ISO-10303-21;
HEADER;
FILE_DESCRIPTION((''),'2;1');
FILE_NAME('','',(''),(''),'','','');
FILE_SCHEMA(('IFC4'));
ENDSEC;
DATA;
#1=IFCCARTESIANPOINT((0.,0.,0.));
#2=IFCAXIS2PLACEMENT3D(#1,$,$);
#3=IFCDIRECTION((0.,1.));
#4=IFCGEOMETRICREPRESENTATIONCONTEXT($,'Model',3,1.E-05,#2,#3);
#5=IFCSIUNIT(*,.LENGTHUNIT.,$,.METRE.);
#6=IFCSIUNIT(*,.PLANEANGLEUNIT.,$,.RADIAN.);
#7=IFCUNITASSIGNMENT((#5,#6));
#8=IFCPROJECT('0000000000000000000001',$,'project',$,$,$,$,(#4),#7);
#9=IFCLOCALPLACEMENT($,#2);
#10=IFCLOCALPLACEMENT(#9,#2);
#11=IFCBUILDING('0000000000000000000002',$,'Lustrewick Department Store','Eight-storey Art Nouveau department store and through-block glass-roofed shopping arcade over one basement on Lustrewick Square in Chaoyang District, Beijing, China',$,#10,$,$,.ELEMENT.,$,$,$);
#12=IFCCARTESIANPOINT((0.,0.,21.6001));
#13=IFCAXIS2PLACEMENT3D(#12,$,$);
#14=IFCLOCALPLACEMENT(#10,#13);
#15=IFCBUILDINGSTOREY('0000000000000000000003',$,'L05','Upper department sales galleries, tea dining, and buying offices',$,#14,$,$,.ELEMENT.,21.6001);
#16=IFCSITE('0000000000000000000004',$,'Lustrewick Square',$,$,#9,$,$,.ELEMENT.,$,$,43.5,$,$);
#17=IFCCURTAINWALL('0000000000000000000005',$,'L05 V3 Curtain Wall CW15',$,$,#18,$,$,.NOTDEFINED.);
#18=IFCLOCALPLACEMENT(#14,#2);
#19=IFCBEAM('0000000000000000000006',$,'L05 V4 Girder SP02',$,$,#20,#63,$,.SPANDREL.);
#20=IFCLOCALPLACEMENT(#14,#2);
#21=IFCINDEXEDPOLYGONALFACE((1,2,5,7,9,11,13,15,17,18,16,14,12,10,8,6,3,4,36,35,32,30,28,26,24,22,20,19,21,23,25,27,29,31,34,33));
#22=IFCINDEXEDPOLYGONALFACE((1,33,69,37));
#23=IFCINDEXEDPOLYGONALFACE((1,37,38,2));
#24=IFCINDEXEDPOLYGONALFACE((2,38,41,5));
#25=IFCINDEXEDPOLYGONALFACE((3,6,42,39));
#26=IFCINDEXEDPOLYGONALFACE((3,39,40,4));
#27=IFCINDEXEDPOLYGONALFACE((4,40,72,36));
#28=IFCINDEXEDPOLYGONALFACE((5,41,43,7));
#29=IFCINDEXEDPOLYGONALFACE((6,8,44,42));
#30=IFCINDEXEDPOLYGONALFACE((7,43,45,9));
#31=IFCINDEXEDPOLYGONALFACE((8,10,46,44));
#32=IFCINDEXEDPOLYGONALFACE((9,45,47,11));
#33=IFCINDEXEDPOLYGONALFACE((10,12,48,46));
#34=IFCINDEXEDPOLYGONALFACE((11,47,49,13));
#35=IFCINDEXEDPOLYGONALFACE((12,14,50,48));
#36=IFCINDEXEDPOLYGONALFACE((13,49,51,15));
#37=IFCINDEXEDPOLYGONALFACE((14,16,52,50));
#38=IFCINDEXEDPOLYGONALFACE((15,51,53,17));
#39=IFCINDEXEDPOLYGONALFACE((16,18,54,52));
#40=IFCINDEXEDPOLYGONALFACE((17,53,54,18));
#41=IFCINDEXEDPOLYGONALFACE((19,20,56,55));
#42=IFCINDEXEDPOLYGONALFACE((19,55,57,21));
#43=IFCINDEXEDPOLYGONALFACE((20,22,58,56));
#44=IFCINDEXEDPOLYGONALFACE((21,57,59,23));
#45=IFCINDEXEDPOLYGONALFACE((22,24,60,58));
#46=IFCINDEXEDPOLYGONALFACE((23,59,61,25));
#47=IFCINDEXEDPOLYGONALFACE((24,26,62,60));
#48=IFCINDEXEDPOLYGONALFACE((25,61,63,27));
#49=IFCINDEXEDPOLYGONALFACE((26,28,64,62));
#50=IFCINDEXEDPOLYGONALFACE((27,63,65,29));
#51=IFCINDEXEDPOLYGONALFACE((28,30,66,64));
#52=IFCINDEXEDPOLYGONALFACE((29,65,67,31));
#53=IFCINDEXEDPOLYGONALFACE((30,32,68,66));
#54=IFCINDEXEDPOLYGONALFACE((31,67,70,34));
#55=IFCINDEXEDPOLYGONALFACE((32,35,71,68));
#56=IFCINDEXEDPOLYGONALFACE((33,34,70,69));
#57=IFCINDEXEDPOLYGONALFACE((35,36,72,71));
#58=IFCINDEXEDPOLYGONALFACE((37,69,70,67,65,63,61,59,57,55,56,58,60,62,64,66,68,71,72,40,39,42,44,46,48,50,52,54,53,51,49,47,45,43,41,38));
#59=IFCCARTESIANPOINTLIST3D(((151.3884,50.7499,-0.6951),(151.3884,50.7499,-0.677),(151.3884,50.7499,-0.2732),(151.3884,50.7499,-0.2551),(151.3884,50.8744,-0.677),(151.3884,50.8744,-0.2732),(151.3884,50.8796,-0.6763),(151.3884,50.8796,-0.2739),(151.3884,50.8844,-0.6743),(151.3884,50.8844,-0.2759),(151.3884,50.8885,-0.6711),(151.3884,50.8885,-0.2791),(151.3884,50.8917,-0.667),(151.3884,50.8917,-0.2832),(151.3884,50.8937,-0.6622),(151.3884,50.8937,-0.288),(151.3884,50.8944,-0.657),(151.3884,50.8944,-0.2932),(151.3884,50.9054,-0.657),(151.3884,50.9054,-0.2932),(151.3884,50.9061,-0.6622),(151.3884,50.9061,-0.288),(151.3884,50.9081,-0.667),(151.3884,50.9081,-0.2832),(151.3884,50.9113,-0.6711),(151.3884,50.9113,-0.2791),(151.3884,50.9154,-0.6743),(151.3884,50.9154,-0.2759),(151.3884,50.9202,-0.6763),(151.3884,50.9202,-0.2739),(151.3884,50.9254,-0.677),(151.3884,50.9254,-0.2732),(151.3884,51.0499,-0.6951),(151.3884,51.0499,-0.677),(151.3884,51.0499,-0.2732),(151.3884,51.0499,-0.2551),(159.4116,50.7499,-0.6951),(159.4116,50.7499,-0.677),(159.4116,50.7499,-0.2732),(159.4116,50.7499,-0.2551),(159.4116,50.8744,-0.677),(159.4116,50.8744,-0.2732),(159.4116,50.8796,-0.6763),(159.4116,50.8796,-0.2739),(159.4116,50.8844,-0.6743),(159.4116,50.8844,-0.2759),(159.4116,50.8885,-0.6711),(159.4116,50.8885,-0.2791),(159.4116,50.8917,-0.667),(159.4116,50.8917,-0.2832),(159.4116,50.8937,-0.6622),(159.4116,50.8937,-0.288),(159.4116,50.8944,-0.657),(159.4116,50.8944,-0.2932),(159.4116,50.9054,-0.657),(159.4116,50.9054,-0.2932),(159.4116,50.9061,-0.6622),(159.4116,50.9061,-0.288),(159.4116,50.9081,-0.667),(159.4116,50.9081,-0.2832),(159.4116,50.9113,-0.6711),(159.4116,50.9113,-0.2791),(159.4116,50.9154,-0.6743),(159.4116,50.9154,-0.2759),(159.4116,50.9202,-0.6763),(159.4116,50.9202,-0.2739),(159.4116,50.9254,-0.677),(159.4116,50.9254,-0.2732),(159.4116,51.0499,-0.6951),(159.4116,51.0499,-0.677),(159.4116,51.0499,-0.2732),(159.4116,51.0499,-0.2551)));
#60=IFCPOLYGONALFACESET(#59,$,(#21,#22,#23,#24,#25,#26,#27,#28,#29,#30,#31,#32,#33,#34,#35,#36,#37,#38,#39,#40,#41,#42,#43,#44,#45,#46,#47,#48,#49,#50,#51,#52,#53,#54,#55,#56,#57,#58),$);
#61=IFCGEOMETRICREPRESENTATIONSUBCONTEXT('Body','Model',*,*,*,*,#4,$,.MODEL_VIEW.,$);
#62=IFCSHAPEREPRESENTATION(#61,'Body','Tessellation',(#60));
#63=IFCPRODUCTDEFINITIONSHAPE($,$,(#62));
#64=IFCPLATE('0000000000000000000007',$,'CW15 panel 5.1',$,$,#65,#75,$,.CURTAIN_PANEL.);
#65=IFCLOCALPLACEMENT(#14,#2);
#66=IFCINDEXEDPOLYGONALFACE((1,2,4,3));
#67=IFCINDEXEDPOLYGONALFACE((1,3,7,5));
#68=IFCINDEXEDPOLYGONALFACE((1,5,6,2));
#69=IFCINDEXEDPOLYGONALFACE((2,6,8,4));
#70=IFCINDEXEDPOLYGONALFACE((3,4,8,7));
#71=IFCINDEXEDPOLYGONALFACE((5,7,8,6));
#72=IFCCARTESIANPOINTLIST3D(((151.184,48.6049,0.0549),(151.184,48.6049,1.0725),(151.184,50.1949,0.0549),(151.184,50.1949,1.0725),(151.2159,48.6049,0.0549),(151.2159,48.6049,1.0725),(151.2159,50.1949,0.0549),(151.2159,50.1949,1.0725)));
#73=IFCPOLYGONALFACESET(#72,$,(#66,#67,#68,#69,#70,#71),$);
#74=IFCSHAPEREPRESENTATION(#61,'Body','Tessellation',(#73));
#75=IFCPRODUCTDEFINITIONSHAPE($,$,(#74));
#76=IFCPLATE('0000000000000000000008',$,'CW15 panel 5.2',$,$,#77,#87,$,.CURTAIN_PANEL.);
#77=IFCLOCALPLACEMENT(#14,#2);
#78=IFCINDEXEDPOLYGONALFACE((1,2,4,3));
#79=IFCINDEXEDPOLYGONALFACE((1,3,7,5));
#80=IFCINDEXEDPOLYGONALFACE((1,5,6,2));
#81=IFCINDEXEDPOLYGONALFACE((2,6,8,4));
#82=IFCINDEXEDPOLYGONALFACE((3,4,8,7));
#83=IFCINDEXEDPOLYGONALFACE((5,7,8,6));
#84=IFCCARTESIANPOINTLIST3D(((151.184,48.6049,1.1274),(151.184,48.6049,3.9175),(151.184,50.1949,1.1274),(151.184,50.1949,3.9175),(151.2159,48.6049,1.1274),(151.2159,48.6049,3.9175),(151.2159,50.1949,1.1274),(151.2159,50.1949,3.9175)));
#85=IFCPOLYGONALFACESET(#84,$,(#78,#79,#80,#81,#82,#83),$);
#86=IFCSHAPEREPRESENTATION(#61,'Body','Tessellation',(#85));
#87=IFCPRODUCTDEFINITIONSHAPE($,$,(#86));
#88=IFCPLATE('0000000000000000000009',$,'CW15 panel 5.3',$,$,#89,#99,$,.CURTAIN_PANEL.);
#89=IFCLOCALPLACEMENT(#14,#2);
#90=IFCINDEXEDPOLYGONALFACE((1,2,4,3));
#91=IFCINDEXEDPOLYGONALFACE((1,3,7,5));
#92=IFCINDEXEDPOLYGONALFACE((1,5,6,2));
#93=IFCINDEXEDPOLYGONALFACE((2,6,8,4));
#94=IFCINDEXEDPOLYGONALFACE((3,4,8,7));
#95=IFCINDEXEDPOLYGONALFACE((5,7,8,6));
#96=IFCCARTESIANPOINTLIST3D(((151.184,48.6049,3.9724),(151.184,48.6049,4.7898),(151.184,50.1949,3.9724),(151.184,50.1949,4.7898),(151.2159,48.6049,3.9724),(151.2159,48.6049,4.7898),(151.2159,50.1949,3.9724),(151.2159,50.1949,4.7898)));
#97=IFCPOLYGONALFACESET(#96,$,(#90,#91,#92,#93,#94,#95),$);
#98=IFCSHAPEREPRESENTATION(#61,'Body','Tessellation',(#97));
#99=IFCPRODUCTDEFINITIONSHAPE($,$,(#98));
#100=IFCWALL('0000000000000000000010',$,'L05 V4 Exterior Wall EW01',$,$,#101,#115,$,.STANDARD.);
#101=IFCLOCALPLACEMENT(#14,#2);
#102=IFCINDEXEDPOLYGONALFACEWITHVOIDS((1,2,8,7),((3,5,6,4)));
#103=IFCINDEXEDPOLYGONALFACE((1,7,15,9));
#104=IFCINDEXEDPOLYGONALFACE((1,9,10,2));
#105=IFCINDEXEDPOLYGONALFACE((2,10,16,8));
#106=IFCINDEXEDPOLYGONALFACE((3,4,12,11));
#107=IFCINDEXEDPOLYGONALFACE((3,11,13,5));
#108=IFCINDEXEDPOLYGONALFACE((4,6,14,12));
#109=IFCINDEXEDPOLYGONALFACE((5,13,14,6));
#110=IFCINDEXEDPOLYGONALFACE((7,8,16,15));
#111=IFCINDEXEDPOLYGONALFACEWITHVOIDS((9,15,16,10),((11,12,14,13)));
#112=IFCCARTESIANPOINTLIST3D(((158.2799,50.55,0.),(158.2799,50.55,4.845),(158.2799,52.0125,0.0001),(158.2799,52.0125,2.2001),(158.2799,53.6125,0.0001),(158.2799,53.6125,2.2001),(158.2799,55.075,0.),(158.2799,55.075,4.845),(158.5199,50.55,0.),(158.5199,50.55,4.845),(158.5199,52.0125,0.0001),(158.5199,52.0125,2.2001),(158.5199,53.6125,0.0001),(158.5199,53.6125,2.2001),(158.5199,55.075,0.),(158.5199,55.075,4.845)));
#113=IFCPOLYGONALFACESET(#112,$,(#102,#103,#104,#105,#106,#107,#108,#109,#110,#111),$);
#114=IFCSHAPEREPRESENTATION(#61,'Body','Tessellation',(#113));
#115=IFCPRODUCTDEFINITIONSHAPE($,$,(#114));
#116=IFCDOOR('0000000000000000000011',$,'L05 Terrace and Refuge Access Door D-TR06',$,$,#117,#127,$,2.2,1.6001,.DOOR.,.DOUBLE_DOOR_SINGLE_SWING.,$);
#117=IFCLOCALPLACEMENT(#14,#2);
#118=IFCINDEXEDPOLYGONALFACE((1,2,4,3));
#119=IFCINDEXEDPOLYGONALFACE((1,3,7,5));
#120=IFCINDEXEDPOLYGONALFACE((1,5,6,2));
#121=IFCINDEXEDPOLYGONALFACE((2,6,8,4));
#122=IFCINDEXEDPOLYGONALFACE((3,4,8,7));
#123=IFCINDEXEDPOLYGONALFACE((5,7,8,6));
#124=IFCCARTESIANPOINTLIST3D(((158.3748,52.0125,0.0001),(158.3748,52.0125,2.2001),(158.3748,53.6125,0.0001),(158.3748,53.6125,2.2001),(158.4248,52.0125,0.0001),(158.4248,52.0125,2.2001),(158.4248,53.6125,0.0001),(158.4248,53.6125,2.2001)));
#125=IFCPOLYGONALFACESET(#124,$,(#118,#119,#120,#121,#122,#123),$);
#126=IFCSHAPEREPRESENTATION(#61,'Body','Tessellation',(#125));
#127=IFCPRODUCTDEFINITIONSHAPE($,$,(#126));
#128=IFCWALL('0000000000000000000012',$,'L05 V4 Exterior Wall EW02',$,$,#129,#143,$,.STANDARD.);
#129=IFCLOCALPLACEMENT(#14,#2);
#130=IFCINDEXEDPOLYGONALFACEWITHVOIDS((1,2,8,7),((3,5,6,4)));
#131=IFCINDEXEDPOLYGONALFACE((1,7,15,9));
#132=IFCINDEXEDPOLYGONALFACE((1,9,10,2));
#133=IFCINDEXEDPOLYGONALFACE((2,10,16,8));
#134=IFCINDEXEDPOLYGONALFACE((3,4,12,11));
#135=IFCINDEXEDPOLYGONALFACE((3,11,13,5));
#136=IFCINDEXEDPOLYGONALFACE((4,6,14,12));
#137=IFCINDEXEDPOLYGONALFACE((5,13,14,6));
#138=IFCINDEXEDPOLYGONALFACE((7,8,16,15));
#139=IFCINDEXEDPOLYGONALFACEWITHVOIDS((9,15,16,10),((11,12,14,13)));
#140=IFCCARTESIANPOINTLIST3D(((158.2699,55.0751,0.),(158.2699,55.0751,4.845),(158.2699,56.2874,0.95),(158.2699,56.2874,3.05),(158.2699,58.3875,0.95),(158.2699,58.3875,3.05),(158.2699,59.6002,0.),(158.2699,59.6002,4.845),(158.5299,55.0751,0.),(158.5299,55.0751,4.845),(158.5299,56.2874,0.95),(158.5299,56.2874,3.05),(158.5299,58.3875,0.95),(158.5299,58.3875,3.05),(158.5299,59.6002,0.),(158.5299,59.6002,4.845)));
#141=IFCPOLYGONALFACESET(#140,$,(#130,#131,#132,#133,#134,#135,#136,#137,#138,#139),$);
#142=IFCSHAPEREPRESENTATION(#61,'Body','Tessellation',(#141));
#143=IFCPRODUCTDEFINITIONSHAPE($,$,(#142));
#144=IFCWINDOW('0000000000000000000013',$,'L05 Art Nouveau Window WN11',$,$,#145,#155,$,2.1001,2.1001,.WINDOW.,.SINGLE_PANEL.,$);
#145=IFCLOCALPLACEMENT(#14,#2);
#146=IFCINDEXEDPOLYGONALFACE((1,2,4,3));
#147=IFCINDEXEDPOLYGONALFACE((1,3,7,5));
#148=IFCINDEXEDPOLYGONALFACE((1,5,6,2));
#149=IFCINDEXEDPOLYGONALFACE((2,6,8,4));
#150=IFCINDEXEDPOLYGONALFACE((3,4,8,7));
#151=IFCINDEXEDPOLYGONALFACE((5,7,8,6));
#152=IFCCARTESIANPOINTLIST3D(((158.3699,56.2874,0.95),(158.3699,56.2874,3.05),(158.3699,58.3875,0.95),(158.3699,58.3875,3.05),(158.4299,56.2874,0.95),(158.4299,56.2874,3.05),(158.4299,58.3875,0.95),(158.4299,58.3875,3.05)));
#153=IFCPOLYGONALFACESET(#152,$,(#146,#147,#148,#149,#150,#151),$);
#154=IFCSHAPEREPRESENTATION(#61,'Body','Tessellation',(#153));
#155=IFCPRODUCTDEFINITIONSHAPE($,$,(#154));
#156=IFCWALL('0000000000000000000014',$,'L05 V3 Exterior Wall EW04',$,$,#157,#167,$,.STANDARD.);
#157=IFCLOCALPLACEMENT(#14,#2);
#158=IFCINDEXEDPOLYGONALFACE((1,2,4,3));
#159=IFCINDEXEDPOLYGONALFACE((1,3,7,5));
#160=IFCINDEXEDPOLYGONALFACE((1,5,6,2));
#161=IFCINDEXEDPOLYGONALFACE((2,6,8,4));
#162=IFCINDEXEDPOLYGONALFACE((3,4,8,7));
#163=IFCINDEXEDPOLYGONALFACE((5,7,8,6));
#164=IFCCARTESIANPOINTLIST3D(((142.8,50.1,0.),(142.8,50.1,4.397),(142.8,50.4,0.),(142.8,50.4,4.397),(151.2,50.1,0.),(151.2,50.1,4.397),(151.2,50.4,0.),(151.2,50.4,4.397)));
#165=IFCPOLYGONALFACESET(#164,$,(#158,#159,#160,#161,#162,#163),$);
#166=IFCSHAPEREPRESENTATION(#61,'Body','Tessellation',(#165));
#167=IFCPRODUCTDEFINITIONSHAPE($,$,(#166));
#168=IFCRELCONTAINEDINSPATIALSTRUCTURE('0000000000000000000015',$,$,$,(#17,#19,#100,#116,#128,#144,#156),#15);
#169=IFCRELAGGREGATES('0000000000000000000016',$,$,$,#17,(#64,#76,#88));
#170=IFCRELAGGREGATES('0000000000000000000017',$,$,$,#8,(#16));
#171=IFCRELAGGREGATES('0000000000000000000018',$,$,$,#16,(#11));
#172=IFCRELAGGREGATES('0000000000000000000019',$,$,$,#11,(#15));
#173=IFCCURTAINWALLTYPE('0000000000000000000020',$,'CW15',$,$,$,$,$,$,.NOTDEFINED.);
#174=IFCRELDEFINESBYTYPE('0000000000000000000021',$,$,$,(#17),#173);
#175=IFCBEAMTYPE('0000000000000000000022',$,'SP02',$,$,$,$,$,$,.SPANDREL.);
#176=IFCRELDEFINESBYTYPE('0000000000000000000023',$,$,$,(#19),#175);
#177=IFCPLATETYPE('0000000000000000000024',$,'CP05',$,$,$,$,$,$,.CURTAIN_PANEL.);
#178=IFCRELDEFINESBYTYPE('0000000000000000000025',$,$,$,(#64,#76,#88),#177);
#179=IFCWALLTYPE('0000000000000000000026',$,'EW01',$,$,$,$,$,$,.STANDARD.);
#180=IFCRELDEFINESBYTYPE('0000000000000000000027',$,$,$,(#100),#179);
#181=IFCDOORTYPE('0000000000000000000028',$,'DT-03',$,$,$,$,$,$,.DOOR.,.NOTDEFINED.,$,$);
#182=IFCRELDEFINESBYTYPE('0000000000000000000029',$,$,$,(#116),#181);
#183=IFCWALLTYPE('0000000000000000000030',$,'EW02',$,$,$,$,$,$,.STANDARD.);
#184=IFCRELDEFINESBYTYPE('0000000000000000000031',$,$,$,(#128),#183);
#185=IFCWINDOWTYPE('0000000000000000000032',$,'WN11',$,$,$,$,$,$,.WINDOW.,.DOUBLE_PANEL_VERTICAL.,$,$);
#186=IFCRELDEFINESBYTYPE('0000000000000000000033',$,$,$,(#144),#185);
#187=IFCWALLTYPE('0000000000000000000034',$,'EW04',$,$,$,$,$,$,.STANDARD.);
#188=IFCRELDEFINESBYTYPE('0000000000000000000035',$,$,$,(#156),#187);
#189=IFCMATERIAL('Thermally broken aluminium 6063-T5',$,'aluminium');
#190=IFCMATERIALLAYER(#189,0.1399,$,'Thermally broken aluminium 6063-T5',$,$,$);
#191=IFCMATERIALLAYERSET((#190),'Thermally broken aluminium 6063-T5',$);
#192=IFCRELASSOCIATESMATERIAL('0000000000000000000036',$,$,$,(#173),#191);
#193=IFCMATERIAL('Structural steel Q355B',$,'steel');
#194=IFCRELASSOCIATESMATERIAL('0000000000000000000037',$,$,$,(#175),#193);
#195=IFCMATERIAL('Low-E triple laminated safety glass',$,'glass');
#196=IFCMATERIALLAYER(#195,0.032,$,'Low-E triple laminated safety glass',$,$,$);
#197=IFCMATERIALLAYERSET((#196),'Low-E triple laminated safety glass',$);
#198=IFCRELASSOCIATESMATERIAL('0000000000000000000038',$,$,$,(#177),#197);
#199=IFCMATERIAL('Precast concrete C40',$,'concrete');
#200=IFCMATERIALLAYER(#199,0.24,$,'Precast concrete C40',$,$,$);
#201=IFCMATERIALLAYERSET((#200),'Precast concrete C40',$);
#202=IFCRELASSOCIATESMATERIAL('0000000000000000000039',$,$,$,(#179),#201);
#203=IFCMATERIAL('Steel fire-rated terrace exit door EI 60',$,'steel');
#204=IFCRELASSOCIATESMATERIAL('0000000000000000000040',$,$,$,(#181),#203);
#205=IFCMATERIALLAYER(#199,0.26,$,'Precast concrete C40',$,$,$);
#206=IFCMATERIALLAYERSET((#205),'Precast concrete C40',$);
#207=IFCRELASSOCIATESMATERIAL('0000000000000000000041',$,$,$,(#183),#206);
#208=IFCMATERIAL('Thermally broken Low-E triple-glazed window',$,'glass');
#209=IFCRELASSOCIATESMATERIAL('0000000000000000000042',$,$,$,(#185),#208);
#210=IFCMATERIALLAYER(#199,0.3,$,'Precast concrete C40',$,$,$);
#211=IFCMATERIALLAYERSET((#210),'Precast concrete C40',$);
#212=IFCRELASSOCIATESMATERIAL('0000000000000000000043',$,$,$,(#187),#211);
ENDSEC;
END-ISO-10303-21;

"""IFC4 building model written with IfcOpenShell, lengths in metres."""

from ifc_helpers import new_model, si_unit, direction, frame, frame_2d, origin, origin_2d, place, context, subcontext, project, spatial, rectangle, i_section, extrude, material, layer, layer_set, material_profile, profile_set, type_object, element, fill, aggregate, save


model = new_model("IFC4")

# Units and contexts
model_context = context("Model", 3, precision=1e-05, world=origin(), true_north=direction((0.0, 1.0)))
body_context = subcontext(model_context, "Body", "Model", "MODEL_VIEW")
ifc_project = project(units=[si_unit("LENGTHUNIT", "METRE"), si_unit("PLANEANGLEUNIT", "RADIAN")], contexts=[model_context])

# Site, building, storey
site_placement = place(None, origin())
site = spatial("IfcSite", under=ifc_project, at=site_placement, Name="Lustrewick Square", CompositionType="ELEMENT", RefElevation=43.5)
building_placement = place(site_placement, origin())
building = spatial("IfcBuilding", under=site, at=building_placement, Name="Lustrewick Department Store", Description="Eight-storey Art Nouveau department store and through-block glass-roofed shopping arcade over one basement on Lustrewick Square in Chaoyang District, Beijing, China", CompositionType="ELEMENT")
storey_placement = place(building_placement, frame((0.0, 0.0, 21.6001)))
storey = spatial("IfcBuildingStorey", under=building, at=storey_placement, Name="L05", Description="Upper department sales galleries, tea dining, and buying offices", CompositionType="ELEMENT", Elevation=21.6001)

# Shared definitions
ifc_material_1 = material(Name="Structural steel Q355B", Category="steel")

# Curtain wall
ifc_material_2 = material(Name="Thermally broken aluminium 6063-T5", Category="aluminium")
ifc_layer_1 = layer(ifc_material_2, 0.1399, Name="Thermally broken aluminium 6063-T5")
ifc_layer_set_1 = layer_set([ifc_layer_1], Name="Thermally broken aluminium 6063-T5")
curtain_wall_type = type_object("IfcCurtainWallType", Name="CW15", PredefinedType="NOTDEFINED", material=ifc_layer_set_1)
curtain_wall_placement = place(storey_placement, origin())
curtain_wall = element("IfcCurtainWall", 1, at=curtain_wall_placement, inside=storey, type_object=curtain_wall_type, Name="L05 V3 Curtain Wall CW15", PredefinedType="NOTDEFINED")

# Beam
ifc_material_profile_1 = material_profile(ifc_material_1, i_section(OverallWidth=0.3, OverallDepth=0.4399, WebThickness=0.011, FlangeThickness=0.0181, FilletRadius=0.02, at=origin_2d()), Name="HM 440x300x11x18")
ifc_profile_set_1 = profile_set([ifc_material_profile_1], Name="Structural steel Q355B")
beam_type_1 = type_object("IfcBeamType", Name="SP02", PredefinedType="SPANDREL", material=ifc_profile_set_1)
beam_1_placement = place(storey_placement, frame((151.3884, 50.8999, -0.4751), z_axis=(1.0, 0.0, 0.0), x_axis=(0.0, 1.0, 0.0)))
element("IfcBeam", 2, at=beam_1_placement, inside=storey, type_object=beam_type_1, Name="L05 V4 Girder SP02", PredefinedType="SPANDREL", context=body_context, shape_type="SweptSolid", body=[
    extrude(i_section(OverallWidth=0.3, OverallDepth=0.4399, WebThickness=0.011, FlangeThickness=0.0181, FilletRadius=0.02, at=origin_2d()), origin(), (0.0, 0.0, 1.0), 8.0232),
])

# Plates
ifc_material_3 = material(Name="Low-E triple laminated safety glass", Category="glass")
ifc_layer_2 = layer(ifc_material_3, 0.032, Name="Low-E triple laminated safety glass")
ifc_layer_set_2 = layer_set([ifc_layer_2], Name="Low-E triple laminated safety glass")
plate_type = type_object("IfcPlateType", Name="CP05", PredefinedType="CURTAIN_PANEL", material=ifc_layer_set_2)
plate_1_placement = place(storey_placement, frame((151.2, 49.3999, 0.0549), z_axis=(0.0, 0.0, 1.0), x_axis=(0.0, 1.0, 0.0)))
plate_1 = element("IfcPlate", 3, at=plate_1_placement, type_object=plate_type, Name="CW15 panel 5.1", PredefinedType="CURTAIN_PANEL", context=body_context, shape_type="SweptSolid", body=[
    extrude(rectangle(XDim=1.5901, YDim=0.032, at=origin_2d()), origin(), (0.0, 0.0, 1.0), 1.0176),
])
plate_2_placement = place(storey_placement, frame((151.2, 49.3999, 1.1274), z_axis=(0.0, 0.0, 1.0), x_axis=(0.0, 1.0, 0.0)))
plate_2 = element("IfcPlate", 4, at=plate_2_placement, type_object=plate_type, Name="CW15 panel 5.2", PredefinedType="CURTAIN_PANEL", context=body_context, shape_type="SweptSolid", body=[
    extrude(rectangle(XDim=1.5901, YDim=0.032, at=origin_2d()), origin(), (0.0, 0.0, 1.0), 2.79),
])
plate_3_placement = place(storey_placement, frame((151.2, 49.3999, 3.9724), z_axis=(0.0, 0.0, 1.0), x_axis=(0.0, 1.0, 0.0)))
plate_3 = element("IfcPlate", 5, at=plate_3_placement, type_object=plate_type, Name="CW15 panel 5.3", PredefinedType="CURTAIN_PANEL", context=body_context, shape_type="SweptSolid", body=[
    extrude(rectangle(XDim=1.5901, YDim=0.032, at=origin_2d()), origin(), (0.0, 0.0, 1.0), 0.8174),
])
aggregate(curtain_wall, [plate_1, plate_2, plate_3])

# Wall, opening, door
ifc_material_4 = material(Name="Precast concrete C40", Category="concrete")
ifc_layer_3 = layer(ifc_material_4, 0.24, Name="Precast concrete C40")
ifc_layer_set_3 = layer_set([ifc_layer_3], Name="Precast concrete C40")
wall_type_1 = type_object("IfcWallType", Name="EW01", PredefinedType="STANDARD", material=ifc_layer_set_3)
wall_1_placement = place(storey_placement, frame((158.3999, 50.55, 0.0), z_axis=(0.0, 0.0, 1.0), x_axis=(0.0, 1.0, 0.0)))
wall_1 = element("IfcWall", 6, at=wall_1_placement, inside=storey, type_object=wall_type_1, Name="L05 V4 Exterior Wall EW01", PredefinedType="STANDARD", context=body_context, shape_type="SweptSolid", body=[
    extrude(rectangle(XDim=4.5249, YDim=0.24, at=frame_2d((2.2625, 0.0))), origin(), (0.0, 0.0, 1.0), 4.845),
])
opening_1_placement = place(wall_1_placement, frame((1.4624, 0.0, 0.0)))
opening_1 = element("IfcOpeningElement", 7, at=opening_1_placement, cuts=wall_1, PredefinedType="OPENING", context=body_context, shape_type="SweptSolid", body=[
    extrude(rectangle(XDim=1.6001, YDim=2.2, at=frame_2d((0.8, 1.1001))), frame((0.0, 0.1299, 0.0), z_axis=(0.0, -1.0, 0.0), x_axis=(1.0, 0.0, 0.0)), (0.0, 0.0, 1.0), 0.26),
])
ifc_material_5 = material(Name="Steel fire-rated terrace exit door EI 60", Category="steel")
door_type = type_object("IfcDoorType", Name="DT-03", OperationType="NOTDEFINED", PredefinedType="DOOR", material=ifc_material_5)
door_placement = place(opening_1_placement, frame((1.6001, 0.0, 0.0), z_axis=(0.0, 0.0, 1.0), x_axis=(-1.0, 0.0, 0.0)))
door = element("IfcDoor", 8, at=door_placement, inside=storey, type_object=door_type, Name="L05 Terrace and Refuge Access Door D-TR06", OperationType="DOUBLE_DOOR_SINGLE_SWING", OverallHeight=2.2, OverallWidth=1.6001, PredefinedType="DOOR", context=body_context, shape_type="SweptSolid", body=[
    extrude(rectangle(XDim=1.6001, YDim=2.2, at=frame_2d((0.8, 1.1001))), frame((0.0, 0.0249, 0.0), z_axis=(0.0, -1.0, 0.0), x_axis=(1.0, 0.0, 0.0)), (0.0, 0.0, 1.0), 0.05),
])
fill(opening_1, door)

# Wall, opening, window
ifc_layer_4 = layer(ifc_material_4, 0.26, Name="Precast concrete C40")
ifc_layer_set_4 = layer_set([ifc_layer_4], Name="Precast concrete C40")
wall_type_2 = type_object("IfcWallType", Name="EW02", PredefinedType="STANDARD", material=ifc_layer_set_4)
wall_2_placement = place(storey_placement, frame((158.3999, 55.075, 0.0), z_axis=(0.0, 0.0, 1.0), x_axis=(0.0, 1.0, 0.0)))
wall_2 = element("IfcWall", 9, at=wall_2_placement, inside=storey, type_object=wall_type_2, Name="L05 V4 Exterior Wall EW02", PredefinedType="STANDARD", context=body_context, shape_type="SweptSolid", body=[
    extrude(rectangle(XDim=4.5251, YDim=0.26, at=frame_2d((2.2627, 0.0))), origin(), (0.0, 0.0, 1.0), 4.845),
])
opening_2_placement = place(wall_2_placement, frame((1.2124, 0.0, 0.95)))
opening_2 = element("IfcOpeningElement", 10, at=opening_2_placement, cuts=wall_2, PredefinedType="OPENING", context=body_context, shape_type="SweptSolid", body=[
    extrude(rectangle(XDim=2.1001, YDim=2.1001, at=frame_2d((1.05, 1.05))), frame((0.0, 0.1401, 0.0), z_axis=(0.0, -1.0, 0.0), x_axis=(1.0, 0.0, 0.0)), (0.0, 0.0, 1.0), 0.28),
])
ifc_material_6 = material(Name="Thermally broken Low-E triple-glazed window", Category="glass")
window_type = type_object("IfcWindowType", Name="WN11", PartitioningType="DOUBLE_PANEL_VERTICAL", PredefinedType="WINDOW", material=ifc_material_6)
window_placement = place(opening_2_placement, origin())
window = element("IfcWindow", 11, at=window_placement, inside=storey, type_object=window_type, Name="L05 Art Nouveau Window WN11", OverallHeight=2.1001, OverallWidth=2.1001, PartitioningType="SINGLE_PANEL", PredefinedType="WINDOW", context=body_context, shape_type="SweptSolid", body=[
    extrude(rectangle(XDim=2.1001, YDim=2.1001, at=frame_2d((1.05, 1.05))), frame((0.0, 0.03, 0.0), z_axis=(0.0, -1.0, 0.0), x_axis=(1.0, 0.0, 0.0)), (0.0, 0.0, 1.0), 0.0601),
])
fill(opening_2, window)

# Wall
ifc_layer_5 = layer(ifc_material_4, 0.3, Name="Precast concrete C40")
ifc_layer_set_5 = layer_set([ifc_layer_5], Name="Precast concrete C40")
wall_type_3 = type_object("IfcWallType", Name="EW04", PredefinedType="STANDARD", material=ifc_layer_set_5)
wall_3_placement = place(storey_placement, frame((151.2, 50.25, 0.0), z_axis=(0.0, 0.0, 1.0), x_axis=(-1.0, 0.0, 0.0)))
element("IfcWall", 12, at=wall_3_placement, inside=storey, type_object=wall_type_3, Name="L05 V3 Exterior Wall EW04", PredefinedType="STANDARD", context=body_context, shape_type="SweptSolid", body=[
    extrude(rectangle(XDim=8.3999, YDim=0.3, at=frame_2d((4.2, 0.0))), origin(), (0.0, 0.0, 1.0), 4.397),
])

save(model, "model.ifc")
